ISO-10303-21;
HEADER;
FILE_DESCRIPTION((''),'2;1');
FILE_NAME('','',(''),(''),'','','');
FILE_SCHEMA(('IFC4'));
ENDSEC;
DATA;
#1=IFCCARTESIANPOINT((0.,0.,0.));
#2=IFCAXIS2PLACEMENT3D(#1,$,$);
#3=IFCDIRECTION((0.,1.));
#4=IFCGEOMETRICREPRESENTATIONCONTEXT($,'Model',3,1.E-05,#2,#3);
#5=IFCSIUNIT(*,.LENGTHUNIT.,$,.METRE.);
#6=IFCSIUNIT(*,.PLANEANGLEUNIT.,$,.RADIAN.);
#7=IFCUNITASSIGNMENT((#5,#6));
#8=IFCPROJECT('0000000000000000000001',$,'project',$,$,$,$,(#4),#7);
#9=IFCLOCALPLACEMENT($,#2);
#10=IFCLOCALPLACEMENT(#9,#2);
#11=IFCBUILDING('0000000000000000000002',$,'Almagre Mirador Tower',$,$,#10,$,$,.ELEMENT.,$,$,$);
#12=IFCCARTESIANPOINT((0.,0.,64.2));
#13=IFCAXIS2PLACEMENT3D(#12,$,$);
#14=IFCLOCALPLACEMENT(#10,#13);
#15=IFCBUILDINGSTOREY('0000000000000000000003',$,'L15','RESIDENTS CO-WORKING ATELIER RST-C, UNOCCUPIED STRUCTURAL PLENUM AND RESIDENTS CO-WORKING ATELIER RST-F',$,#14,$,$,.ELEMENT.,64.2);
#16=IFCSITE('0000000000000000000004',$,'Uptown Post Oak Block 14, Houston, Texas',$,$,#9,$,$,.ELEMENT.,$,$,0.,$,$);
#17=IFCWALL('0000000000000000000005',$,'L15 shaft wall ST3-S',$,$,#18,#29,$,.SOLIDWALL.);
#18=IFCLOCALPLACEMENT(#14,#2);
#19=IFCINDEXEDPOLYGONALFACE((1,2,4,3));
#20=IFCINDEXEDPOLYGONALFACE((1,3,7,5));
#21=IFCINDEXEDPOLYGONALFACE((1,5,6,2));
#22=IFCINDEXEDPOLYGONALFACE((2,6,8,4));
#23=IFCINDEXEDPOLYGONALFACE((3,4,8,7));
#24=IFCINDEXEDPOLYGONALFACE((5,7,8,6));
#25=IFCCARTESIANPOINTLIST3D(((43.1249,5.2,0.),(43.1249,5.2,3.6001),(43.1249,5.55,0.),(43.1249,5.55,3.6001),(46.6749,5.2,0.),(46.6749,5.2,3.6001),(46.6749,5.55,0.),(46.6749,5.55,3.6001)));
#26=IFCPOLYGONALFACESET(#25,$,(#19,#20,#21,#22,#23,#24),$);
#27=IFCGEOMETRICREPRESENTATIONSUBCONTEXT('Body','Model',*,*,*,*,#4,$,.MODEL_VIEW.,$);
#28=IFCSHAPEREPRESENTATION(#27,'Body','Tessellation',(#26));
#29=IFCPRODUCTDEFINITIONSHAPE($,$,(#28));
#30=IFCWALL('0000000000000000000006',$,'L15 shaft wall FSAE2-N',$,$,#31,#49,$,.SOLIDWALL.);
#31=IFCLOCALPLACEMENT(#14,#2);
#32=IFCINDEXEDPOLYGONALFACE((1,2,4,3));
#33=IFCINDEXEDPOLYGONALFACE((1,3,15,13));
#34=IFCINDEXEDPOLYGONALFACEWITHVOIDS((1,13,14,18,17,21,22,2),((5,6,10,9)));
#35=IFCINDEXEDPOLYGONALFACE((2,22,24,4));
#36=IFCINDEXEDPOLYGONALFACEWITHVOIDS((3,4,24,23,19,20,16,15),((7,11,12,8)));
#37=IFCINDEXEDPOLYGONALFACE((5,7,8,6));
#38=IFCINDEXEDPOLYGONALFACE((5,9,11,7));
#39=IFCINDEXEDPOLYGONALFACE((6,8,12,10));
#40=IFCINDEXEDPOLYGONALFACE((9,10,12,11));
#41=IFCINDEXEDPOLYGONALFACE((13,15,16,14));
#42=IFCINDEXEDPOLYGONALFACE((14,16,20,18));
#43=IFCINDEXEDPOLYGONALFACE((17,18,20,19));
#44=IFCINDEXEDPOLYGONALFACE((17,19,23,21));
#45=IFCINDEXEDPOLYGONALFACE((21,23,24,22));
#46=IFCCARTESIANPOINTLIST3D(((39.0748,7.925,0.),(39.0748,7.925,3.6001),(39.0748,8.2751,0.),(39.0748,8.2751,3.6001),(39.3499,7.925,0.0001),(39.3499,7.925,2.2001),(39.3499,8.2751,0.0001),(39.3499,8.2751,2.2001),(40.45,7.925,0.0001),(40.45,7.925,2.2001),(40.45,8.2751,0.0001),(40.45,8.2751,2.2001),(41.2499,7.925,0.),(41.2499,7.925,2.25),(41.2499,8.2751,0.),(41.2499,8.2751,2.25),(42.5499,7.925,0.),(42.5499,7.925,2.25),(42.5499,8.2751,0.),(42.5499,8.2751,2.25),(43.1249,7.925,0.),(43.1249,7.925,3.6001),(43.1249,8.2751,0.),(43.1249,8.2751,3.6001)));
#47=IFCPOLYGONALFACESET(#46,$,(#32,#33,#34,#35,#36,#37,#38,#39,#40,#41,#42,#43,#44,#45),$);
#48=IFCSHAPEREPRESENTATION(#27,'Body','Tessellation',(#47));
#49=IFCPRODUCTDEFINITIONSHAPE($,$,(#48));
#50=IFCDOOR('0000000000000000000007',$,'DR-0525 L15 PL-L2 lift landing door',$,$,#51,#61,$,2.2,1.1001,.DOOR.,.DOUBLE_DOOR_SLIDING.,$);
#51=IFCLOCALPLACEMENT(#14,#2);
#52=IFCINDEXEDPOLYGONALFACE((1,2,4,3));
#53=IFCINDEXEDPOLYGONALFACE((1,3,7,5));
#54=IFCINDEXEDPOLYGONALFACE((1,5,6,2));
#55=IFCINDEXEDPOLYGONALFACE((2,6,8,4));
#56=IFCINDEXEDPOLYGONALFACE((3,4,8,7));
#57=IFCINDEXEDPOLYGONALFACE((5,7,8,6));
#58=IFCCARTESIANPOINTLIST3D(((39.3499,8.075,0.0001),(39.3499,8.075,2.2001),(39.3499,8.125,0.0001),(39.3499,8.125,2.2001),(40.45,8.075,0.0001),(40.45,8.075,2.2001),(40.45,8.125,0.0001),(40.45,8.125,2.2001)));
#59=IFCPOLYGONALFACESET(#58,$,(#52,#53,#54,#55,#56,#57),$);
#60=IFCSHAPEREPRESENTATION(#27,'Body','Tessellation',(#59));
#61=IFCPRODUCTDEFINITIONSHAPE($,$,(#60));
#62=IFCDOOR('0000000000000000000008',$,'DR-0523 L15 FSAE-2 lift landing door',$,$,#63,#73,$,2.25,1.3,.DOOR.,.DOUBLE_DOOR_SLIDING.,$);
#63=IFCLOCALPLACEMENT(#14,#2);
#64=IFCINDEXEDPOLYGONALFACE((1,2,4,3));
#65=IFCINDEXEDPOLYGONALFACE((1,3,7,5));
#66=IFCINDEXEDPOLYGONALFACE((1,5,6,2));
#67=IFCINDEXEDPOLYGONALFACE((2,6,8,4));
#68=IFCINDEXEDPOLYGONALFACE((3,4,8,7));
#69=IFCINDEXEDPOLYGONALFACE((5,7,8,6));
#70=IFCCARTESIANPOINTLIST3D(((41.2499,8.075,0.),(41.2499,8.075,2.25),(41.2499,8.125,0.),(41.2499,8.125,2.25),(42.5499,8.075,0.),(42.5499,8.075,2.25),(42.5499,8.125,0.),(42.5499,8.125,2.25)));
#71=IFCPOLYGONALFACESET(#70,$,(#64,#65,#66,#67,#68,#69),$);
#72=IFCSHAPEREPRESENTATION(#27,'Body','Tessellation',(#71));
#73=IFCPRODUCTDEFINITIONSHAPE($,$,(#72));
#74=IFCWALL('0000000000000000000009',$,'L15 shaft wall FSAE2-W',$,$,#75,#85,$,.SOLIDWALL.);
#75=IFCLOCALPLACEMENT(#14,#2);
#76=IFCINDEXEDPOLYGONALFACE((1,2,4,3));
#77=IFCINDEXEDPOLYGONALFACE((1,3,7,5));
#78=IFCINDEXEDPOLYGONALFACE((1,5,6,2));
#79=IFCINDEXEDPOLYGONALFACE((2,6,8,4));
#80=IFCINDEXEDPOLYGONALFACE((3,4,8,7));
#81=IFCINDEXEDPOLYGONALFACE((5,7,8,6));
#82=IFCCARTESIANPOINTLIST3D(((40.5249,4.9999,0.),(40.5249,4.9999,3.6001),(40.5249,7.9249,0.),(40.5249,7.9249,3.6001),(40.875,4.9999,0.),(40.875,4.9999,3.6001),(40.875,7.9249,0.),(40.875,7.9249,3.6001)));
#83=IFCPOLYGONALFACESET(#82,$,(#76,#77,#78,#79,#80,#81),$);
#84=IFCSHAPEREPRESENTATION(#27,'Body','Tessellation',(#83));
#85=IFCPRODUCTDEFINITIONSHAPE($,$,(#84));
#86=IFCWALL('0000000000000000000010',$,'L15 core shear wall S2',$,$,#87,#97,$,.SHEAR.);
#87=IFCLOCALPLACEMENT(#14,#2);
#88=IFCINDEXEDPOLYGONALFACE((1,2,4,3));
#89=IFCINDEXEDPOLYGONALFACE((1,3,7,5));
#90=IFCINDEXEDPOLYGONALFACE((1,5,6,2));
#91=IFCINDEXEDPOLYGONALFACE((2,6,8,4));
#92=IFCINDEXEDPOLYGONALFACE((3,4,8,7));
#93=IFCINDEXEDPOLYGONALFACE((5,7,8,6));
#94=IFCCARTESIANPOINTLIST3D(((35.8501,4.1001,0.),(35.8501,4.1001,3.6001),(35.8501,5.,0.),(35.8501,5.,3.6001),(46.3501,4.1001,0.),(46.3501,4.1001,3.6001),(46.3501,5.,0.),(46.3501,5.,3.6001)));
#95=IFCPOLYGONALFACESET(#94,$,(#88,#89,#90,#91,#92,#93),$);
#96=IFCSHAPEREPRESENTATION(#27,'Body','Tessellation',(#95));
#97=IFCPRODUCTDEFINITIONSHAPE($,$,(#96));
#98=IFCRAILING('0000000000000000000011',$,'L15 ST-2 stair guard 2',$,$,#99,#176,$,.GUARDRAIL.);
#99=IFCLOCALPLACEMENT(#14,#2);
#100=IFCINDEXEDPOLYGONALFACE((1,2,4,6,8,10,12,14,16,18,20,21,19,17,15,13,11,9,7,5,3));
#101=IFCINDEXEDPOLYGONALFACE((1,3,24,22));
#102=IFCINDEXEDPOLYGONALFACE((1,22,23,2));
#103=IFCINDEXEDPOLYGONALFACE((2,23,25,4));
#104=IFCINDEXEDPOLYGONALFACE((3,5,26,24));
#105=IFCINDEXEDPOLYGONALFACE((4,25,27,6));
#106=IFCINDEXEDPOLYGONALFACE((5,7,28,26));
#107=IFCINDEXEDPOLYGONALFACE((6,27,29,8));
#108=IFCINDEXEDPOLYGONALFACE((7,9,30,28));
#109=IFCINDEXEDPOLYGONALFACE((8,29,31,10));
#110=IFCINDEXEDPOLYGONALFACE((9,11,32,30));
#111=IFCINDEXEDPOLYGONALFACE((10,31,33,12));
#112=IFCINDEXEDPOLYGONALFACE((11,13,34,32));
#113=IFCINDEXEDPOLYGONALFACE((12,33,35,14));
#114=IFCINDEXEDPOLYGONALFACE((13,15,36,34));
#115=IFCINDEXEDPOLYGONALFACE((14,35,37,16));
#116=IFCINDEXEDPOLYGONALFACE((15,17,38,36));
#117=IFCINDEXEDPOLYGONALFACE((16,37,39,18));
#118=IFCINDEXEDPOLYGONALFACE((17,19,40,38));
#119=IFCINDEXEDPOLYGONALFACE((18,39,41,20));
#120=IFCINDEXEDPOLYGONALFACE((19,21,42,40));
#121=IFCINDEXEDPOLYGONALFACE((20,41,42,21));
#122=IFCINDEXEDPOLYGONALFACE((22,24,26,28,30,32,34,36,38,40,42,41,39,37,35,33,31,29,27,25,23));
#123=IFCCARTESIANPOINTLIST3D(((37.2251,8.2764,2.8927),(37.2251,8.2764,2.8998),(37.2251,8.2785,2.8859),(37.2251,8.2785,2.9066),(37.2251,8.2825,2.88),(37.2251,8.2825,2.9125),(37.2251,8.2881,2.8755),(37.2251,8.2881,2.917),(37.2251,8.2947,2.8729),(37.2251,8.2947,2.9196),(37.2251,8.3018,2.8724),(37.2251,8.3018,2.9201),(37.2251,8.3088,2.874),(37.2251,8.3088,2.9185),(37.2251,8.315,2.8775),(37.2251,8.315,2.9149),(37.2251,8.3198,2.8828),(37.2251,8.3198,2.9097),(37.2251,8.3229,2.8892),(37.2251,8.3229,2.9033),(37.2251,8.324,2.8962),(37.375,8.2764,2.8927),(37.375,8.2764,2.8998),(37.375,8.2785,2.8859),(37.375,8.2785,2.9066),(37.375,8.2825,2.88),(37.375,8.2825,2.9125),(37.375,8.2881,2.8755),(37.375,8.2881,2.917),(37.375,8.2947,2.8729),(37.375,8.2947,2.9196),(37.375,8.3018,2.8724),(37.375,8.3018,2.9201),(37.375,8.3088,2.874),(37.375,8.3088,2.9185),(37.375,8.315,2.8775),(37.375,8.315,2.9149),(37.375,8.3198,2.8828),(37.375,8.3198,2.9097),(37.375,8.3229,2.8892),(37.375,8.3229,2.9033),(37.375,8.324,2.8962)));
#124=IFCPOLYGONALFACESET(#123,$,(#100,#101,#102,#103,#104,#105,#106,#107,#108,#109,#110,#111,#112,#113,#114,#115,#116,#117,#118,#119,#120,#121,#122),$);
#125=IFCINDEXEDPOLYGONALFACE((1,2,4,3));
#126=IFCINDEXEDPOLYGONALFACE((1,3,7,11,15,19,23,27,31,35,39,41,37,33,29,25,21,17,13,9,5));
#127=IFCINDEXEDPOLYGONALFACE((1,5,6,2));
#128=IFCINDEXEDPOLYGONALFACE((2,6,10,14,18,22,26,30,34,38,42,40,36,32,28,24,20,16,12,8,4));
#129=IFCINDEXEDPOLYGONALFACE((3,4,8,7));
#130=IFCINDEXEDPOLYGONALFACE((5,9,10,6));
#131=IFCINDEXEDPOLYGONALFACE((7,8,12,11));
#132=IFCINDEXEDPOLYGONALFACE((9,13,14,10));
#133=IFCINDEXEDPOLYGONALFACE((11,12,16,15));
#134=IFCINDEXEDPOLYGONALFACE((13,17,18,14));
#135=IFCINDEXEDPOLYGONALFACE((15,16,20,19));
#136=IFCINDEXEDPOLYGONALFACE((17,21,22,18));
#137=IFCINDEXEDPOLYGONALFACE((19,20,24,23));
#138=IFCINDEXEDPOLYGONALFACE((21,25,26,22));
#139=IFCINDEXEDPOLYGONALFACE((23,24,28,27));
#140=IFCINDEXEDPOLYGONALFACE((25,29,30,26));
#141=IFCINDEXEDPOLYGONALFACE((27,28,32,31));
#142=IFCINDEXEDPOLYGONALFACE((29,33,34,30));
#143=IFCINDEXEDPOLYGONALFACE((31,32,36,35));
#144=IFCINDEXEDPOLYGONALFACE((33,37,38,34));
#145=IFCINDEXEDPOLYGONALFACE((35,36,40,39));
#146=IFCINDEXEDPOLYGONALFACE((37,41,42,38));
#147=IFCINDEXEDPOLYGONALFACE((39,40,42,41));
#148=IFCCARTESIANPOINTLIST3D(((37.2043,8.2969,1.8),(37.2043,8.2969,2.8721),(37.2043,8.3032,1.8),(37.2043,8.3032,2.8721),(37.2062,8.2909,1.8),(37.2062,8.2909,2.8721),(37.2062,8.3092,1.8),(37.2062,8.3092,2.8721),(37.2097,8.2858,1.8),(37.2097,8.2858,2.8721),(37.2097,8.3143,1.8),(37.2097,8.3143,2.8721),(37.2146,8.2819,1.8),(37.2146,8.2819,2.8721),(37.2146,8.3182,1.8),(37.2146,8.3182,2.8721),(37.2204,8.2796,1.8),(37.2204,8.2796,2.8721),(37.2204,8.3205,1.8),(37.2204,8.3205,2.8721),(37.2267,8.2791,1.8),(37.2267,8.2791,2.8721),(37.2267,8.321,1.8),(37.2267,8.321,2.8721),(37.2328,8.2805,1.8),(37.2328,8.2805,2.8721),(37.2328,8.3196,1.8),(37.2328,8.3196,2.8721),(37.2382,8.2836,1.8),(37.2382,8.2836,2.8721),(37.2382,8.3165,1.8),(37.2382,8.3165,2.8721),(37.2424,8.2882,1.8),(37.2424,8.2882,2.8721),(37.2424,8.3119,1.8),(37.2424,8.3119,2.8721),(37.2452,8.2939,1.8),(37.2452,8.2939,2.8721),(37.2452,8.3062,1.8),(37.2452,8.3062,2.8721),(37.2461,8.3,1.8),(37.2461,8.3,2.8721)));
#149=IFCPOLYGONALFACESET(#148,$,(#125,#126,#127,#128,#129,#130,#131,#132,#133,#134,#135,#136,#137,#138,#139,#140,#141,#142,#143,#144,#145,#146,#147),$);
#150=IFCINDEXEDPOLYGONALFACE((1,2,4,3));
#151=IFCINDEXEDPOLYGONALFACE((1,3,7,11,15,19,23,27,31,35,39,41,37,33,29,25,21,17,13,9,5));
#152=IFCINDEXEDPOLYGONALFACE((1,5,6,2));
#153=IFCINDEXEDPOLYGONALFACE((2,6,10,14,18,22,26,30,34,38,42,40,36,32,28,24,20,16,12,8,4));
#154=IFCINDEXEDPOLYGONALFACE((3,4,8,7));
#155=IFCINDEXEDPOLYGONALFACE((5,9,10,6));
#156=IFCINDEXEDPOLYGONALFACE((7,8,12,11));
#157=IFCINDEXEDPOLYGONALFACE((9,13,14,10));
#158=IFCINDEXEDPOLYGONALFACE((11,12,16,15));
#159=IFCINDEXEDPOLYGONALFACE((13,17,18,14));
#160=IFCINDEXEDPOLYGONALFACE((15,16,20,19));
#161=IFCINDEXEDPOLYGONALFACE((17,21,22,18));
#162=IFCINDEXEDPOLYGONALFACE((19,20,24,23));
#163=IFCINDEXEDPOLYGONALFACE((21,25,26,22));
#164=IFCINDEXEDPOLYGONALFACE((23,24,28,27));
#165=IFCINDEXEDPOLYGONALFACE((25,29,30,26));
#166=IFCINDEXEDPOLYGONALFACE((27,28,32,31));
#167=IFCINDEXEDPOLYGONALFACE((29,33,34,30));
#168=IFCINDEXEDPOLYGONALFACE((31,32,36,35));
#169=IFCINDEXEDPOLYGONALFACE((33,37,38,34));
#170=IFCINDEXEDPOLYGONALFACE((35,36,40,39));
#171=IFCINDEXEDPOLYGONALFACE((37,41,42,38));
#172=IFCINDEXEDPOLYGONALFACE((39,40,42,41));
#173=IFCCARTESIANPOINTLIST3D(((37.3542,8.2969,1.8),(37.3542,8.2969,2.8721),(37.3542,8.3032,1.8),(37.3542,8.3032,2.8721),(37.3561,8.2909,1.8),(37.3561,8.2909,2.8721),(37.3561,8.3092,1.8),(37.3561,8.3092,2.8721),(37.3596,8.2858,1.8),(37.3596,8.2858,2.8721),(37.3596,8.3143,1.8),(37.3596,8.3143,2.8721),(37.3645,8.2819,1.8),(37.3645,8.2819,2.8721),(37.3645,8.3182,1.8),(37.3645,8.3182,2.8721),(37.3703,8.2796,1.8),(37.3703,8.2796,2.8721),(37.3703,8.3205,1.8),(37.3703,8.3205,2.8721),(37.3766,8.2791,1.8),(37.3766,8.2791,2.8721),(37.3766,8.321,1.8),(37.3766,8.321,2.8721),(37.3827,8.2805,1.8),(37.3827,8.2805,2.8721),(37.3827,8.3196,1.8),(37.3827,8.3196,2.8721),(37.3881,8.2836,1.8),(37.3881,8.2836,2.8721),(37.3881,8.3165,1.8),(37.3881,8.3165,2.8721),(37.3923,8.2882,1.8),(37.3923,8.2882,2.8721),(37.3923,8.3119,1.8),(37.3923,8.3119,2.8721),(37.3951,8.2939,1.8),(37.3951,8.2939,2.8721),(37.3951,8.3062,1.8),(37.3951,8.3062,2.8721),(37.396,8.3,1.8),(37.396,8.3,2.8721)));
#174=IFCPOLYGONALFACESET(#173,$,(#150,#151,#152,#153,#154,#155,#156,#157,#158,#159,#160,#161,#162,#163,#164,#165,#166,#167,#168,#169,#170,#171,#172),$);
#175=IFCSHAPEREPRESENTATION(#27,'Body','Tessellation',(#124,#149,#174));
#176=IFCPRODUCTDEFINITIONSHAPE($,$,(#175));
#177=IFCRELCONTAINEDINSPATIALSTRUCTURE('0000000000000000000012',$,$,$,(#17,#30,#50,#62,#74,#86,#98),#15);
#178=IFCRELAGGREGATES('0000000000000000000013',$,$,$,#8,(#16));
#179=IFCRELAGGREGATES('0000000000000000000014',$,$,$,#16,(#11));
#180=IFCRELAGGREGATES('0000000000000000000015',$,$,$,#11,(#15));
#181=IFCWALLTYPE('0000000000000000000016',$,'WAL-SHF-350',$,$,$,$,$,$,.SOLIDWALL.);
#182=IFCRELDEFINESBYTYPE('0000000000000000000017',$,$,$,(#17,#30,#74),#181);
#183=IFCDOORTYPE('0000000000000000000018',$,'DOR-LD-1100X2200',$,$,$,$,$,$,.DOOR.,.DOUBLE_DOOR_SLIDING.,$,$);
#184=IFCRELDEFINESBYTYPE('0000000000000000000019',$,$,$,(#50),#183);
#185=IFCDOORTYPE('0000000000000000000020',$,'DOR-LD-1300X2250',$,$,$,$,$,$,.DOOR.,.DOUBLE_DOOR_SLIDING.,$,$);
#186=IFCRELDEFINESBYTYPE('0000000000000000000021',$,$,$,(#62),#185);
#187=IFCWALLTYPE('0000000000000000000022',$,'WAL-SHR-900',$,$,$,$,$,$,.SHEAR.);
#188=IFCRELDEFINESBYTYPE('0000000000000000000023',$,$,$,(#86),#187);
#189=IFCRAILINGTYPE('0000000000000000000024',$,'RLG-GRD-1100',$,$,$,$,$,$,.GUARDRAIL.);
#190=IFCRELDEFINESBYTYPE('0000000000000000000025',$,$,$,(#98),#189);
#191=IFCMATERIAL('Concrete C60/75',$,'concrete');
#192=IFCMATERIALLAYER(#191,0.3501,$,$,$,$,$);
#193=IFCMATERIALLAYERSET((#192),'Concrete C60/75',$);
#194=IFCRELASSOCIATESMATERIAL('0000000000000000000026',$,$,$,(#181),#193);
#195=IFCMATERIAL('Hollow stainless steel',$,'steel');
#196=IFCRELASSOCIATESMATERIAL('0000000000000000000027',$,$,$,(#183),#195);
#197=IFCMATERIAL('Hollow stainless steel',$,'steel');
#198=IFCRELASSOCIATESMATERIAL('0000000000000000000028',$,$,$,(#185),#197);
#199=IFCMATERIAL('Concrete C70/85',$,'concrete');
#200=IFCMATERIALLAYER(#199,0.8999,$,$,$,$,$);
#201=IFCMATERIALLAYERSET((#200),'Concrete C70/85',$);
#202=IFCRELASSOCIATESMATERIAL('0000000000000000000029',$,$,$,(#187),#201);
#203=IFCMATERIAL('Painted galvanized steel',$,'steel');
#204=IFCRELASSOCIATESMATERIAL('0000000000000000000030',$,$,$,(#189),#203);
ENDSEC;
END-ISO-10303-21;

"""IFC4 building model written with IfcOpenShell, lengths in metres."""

from ifc_helpers import new_model, si_unit, direction, frame, frame_2d, origin, origin_2d, place, context, subcontext, project, spatial, rectangle, circle, extrude, material, layer, layer_set, type_object, element, fill, save


model = new_model("IFC4")

# Units and contexts
model_context = context("Model", 3, precision=1e-05, world=origin(), true_north=direction((0.0, 1.0)))
body_context = subcontext(model_context, "Body", "Model", "MODEL_VIEW")
ifc_project = project(units=[si_unit("LENGTHUNIT", "METRE"), si_unit("PLANEANGLEUNIT", "RADIAN")], contexts=[model_context])

# Site, building, storey
site_placement = place(None, origin())
site = spatial("IfcSite", under=ifc_project, at=site_placement, Name="Uptown Post Oak Block 14, Houston, Texas", CompositionType="ELEMENT", RefElevation=0.0)
building_placement = place(site_placement, origin())
building = spatial("IfcBuilding", under=site, at=building_placement, Name="Almagre Mirador Tower", CompositionType="ELEMENT")
storey_placement = place(building_placement, frame((0.0, 0.0, 64.2)))
storey = spatial("IfcBuildingStorey", under=building, at=storey_placement, Name="L15", Description="RESIDENTS CO-WORKING ATELIER RST-C, UNOCCUPIED STRUCTURAL PLENUM AND RESIDENTS CO-WORKING ATELIER RST-F", CompositionType="ELEMENT", Elevation=64.2)

# Shared definitions
ifc_material_1 = material(Name="Concrete C60/75", Category="concrete")
ifc_layer_1 = layer(ifc_material_1, 0.3501)
ifc_layer_set_1 = layer_set([ifc_layer_1], Name="Concrete C60/75")
wall_type_1 = type_object("IfcWallType", Name="WAL-SHF-350", PredefinedType="SOLIDWALL", material=ifc_layer_set_1)

# Wall
wall_1_placement = place(storey_placement, frame((43.125, 5.375, 0.0), z_axis=(0.0, 0.0, 1.0), x_axis=(1.0, 0.0, 0.0)))
element("IfcWall", 1, at=wall_1_placement, inside=storey, type_object=wall_type_1, Name="L15 shaft wall ST3-S", PredefinedType="SOLIDWALL", context=body_context, shape_type="SweptSolid", body=[
    extrude(rectangle(XDim=3.55, YDim=0.3501, at=frame_2d((1.7749, 0.0))), origin(), (0.0, 0.0, 1.0), 3.6001),
])

# Wall, openings, doors
wall_2_placement = place(storey_placement, frame((39.075, 8.1001, 0.0), z_axis=(0.0, 0.0, 1.0), x_axis=(1.0, 0.0, 0.0)))
wall_2 = element("IfcWall", 2, at=wall_2_placement, inside=storey, type_object=wall_type_1, Name="L15 shaft wall FSAE2-N", PredefinedType="SOLIDWALL", context=body_context, shape_type="SweptSolid", body=[
    extrude(rectangle(XDim=4.05, YDim=0.3501, at=frame_2d((2.0249, 0.0))), origin(), (0.0, 0.0, 1.0), 3.6001),
])
opening_1_placement = place(wall_2_placement, frame((2.175, 0.0, 0.0)))
opening_1 = element("IfcOpeningElement", 3, at=opening_1_placement, cuts=wall_2, PredefinedType="OPENING", context=body_context, shape_type="SweptSolid", body=[
    extrude(rectangle(XDim=1.3, YDim=2.25, at=frame_2d((0.6499, 1.125))), frame((0.0, 0.185, 0.0), z_axis=(0.0, -1.0, 0.0), x_axis=(1.0, 0.0, 0.0)), (0.0, 0.0, 1.0), 0.3701),
])
opening_2_placement = place(wall_2_placement, frame((0.2749, 0.0, 0.0)))
opening_2 = element("IfcOpeningElement", 4, at=opening_2_placement, cuts=wall_2, PredefinedType="OPENING", context=body_context, shape_type="SweptSolid", body=[
    extrude(rectangle(XDim=1.1001, YDim=2.2, at=frame_2d((0.55, 1.1001))), frame((0.0, 0.185, 0.0), z_axis=(0.0, -1.0, 0.0), x_axis=(1.0, 0.0, 0.0)), (0.0, 0.0, 1.0), 0.3701),
])
ifc_material_2 = material(Name="Hollow stainless steel", Category="steel")
door_type_1 = type_object("IfcDoorType", Name="DOR-LD-1100X2200", OperationType="DOUBLE_DOOR_SLIDING", PredefinedType="DOOR", material=ifc_material_2)
door_1_placement = place(opening_2_placement, origin())
door_1 = element("IfcDoor", 5, at=door_1_placement, inside=storey, type_object=door_type_1, Name="DR-0525 L15 PL-L2 lift landing door", OperationType="DOUBLE_DOOR_SLIDING", OverallHeight=2.2, OverallWidth=1.1001, PredefinedType="DOOR", context=body_context, shape_type="SweptSolid", body=[
    extrude(rectangle(XDim=1.1001, YDim=2.2, at=frame_2d((0.55, 1.1001))), frame((0.0, 0.0249, 0.0), z_axis=(0.0, -1.0, 0.0), x_axis=(1.0, 0.0, 0.0)), (0.0, 0.0, 1.0), 0.05),
])
fill(opening_2, door_1)
ifc_material_3 = material(Name="Hollow stainless steel", Category="steel")
door_type_2 = type_object("IfcDoorType", Name="DOR-LD-1300X2250", OperationType="DOUBLE_DOOR_SLIDING", PredefinedType="DOOR", material=ifc_material_3)
door_2_placement = place(opening_1_placement, origin())
door_2 = element("IfcDoor", 6, at=door_2_placement, inside=storey, type_object=door_type_2, Name="DR-0523 L15 FSAE-2 lift landing door", OperationType="DOUBLE_DOOR_SLIDING", OverallHeight=2.25, OverallWidth=1.3, PredefinedType="DOOR", context=body_context, shape_type="SweptSolid", body=[
    extrude(rectangle(XDim=1.3, YDim=2.25, at=frame_2d((0.6499, 1.125))), frame((0.0, 0.0249, 0.0), z_axis=(0.0, -1.0, 0.0), x_axis=(1.0, 0.0, 0.0)), (0.0, 0.0, 1.0), 0.05),
])
fill(opening_1, door_2)

# Walls
wall_3_placement = place(storey_placement, frame((40.7, 5.0, 0.0), z_axis=(0.0, 0.0, 1.0), x_axis=(0.0, 1.0, 0.0)))
element("IfcWall", 7, at=wall_3_placement, inside=storey, type_object=wall_type_1, Name="L15 shaft wall FSAE2-W", PredefinedType="SOLIDWALL", context=body_context, shape_type="SweptSolid", body=[
    extrude(rectangle(XDim=2.925, YDim=0.3501, at=frame_2d((1.4624, 0.0))), origin(), (0.0, 0.0, 1.0), 3.6001),
])
ifc_material_4 = material(Name="Concrete C70/85", Category="concrete")
ifc_layer_2 = layer(ifc_material_4, 0.8999)
ifc_layer_set_2 = layer_set([ifc_layer_2], Name="Concrete C70/85")
wall_type_2 = type_object("IfcWallType", Name="WAL-SHR-900", PredefinedType="SHEAR", material=ifc_layer_set_2)
wall_4_placement = place(storey_placement, frame((35.8501, 4.55, 0.0), z_axis=(0.0, 0.0, 1.0), x_axis=(1.0, 0.0, 0.0)))
element("IfcWall", 8, at=wall_4_placement, inside=storey, type_object=wall_type_2, Name="L15 core shear wall S2", PredefinedType="SHEAR", context=body_context, shape_type="SweptSolid", body=[
    extrude(rectangle(XDim=10.5, YDim=0.8999, at=frame_2d((5.25, 0.0))), origin(), (0.0, 0.0, 1.0), 3.6001),
])

# Railing
ifc_material_5 = material(Name="Painted galvanized steel", Category="steel")
railing_type = type_object("IfcRailingType", Name="RLG-GRD-1100", PredefinedType="GUARDRAIL", material=ifc_material_5)
railing_placement = place(storey_placement, frame((37.2251, 8.3, 1.8)))
element("IfcRailing", 9, at=railing_placement, inside=storey, type_object=railing_type, Name="L15 ST-2 stair guard 2", PredefinedType="GUARDRAIL", context=body_context, shape_type="SweptSolid", body=[
    extrude(circle(Radius=0.0239, at=origin_2d()), frame((0.0, 0.0, 1.0962), z_axis=(1.0, 0.0, 0.0), x_axis=(0.0, 1.0, 0.0)), (0.0, 0.0, 1.0), 0.1499),
    extrude(circle(Radius=0.021, at=origin_2d()), origin(), (0.0, 0.0, 1.0), 1.072),
    extrude(circle(Radius=0.021, at=origin_2d()), frame((0.1499, 0.0, 0.0)), (0.0, 0.0, 1.0), 1.072),
])

save(model, "model.ifc")
